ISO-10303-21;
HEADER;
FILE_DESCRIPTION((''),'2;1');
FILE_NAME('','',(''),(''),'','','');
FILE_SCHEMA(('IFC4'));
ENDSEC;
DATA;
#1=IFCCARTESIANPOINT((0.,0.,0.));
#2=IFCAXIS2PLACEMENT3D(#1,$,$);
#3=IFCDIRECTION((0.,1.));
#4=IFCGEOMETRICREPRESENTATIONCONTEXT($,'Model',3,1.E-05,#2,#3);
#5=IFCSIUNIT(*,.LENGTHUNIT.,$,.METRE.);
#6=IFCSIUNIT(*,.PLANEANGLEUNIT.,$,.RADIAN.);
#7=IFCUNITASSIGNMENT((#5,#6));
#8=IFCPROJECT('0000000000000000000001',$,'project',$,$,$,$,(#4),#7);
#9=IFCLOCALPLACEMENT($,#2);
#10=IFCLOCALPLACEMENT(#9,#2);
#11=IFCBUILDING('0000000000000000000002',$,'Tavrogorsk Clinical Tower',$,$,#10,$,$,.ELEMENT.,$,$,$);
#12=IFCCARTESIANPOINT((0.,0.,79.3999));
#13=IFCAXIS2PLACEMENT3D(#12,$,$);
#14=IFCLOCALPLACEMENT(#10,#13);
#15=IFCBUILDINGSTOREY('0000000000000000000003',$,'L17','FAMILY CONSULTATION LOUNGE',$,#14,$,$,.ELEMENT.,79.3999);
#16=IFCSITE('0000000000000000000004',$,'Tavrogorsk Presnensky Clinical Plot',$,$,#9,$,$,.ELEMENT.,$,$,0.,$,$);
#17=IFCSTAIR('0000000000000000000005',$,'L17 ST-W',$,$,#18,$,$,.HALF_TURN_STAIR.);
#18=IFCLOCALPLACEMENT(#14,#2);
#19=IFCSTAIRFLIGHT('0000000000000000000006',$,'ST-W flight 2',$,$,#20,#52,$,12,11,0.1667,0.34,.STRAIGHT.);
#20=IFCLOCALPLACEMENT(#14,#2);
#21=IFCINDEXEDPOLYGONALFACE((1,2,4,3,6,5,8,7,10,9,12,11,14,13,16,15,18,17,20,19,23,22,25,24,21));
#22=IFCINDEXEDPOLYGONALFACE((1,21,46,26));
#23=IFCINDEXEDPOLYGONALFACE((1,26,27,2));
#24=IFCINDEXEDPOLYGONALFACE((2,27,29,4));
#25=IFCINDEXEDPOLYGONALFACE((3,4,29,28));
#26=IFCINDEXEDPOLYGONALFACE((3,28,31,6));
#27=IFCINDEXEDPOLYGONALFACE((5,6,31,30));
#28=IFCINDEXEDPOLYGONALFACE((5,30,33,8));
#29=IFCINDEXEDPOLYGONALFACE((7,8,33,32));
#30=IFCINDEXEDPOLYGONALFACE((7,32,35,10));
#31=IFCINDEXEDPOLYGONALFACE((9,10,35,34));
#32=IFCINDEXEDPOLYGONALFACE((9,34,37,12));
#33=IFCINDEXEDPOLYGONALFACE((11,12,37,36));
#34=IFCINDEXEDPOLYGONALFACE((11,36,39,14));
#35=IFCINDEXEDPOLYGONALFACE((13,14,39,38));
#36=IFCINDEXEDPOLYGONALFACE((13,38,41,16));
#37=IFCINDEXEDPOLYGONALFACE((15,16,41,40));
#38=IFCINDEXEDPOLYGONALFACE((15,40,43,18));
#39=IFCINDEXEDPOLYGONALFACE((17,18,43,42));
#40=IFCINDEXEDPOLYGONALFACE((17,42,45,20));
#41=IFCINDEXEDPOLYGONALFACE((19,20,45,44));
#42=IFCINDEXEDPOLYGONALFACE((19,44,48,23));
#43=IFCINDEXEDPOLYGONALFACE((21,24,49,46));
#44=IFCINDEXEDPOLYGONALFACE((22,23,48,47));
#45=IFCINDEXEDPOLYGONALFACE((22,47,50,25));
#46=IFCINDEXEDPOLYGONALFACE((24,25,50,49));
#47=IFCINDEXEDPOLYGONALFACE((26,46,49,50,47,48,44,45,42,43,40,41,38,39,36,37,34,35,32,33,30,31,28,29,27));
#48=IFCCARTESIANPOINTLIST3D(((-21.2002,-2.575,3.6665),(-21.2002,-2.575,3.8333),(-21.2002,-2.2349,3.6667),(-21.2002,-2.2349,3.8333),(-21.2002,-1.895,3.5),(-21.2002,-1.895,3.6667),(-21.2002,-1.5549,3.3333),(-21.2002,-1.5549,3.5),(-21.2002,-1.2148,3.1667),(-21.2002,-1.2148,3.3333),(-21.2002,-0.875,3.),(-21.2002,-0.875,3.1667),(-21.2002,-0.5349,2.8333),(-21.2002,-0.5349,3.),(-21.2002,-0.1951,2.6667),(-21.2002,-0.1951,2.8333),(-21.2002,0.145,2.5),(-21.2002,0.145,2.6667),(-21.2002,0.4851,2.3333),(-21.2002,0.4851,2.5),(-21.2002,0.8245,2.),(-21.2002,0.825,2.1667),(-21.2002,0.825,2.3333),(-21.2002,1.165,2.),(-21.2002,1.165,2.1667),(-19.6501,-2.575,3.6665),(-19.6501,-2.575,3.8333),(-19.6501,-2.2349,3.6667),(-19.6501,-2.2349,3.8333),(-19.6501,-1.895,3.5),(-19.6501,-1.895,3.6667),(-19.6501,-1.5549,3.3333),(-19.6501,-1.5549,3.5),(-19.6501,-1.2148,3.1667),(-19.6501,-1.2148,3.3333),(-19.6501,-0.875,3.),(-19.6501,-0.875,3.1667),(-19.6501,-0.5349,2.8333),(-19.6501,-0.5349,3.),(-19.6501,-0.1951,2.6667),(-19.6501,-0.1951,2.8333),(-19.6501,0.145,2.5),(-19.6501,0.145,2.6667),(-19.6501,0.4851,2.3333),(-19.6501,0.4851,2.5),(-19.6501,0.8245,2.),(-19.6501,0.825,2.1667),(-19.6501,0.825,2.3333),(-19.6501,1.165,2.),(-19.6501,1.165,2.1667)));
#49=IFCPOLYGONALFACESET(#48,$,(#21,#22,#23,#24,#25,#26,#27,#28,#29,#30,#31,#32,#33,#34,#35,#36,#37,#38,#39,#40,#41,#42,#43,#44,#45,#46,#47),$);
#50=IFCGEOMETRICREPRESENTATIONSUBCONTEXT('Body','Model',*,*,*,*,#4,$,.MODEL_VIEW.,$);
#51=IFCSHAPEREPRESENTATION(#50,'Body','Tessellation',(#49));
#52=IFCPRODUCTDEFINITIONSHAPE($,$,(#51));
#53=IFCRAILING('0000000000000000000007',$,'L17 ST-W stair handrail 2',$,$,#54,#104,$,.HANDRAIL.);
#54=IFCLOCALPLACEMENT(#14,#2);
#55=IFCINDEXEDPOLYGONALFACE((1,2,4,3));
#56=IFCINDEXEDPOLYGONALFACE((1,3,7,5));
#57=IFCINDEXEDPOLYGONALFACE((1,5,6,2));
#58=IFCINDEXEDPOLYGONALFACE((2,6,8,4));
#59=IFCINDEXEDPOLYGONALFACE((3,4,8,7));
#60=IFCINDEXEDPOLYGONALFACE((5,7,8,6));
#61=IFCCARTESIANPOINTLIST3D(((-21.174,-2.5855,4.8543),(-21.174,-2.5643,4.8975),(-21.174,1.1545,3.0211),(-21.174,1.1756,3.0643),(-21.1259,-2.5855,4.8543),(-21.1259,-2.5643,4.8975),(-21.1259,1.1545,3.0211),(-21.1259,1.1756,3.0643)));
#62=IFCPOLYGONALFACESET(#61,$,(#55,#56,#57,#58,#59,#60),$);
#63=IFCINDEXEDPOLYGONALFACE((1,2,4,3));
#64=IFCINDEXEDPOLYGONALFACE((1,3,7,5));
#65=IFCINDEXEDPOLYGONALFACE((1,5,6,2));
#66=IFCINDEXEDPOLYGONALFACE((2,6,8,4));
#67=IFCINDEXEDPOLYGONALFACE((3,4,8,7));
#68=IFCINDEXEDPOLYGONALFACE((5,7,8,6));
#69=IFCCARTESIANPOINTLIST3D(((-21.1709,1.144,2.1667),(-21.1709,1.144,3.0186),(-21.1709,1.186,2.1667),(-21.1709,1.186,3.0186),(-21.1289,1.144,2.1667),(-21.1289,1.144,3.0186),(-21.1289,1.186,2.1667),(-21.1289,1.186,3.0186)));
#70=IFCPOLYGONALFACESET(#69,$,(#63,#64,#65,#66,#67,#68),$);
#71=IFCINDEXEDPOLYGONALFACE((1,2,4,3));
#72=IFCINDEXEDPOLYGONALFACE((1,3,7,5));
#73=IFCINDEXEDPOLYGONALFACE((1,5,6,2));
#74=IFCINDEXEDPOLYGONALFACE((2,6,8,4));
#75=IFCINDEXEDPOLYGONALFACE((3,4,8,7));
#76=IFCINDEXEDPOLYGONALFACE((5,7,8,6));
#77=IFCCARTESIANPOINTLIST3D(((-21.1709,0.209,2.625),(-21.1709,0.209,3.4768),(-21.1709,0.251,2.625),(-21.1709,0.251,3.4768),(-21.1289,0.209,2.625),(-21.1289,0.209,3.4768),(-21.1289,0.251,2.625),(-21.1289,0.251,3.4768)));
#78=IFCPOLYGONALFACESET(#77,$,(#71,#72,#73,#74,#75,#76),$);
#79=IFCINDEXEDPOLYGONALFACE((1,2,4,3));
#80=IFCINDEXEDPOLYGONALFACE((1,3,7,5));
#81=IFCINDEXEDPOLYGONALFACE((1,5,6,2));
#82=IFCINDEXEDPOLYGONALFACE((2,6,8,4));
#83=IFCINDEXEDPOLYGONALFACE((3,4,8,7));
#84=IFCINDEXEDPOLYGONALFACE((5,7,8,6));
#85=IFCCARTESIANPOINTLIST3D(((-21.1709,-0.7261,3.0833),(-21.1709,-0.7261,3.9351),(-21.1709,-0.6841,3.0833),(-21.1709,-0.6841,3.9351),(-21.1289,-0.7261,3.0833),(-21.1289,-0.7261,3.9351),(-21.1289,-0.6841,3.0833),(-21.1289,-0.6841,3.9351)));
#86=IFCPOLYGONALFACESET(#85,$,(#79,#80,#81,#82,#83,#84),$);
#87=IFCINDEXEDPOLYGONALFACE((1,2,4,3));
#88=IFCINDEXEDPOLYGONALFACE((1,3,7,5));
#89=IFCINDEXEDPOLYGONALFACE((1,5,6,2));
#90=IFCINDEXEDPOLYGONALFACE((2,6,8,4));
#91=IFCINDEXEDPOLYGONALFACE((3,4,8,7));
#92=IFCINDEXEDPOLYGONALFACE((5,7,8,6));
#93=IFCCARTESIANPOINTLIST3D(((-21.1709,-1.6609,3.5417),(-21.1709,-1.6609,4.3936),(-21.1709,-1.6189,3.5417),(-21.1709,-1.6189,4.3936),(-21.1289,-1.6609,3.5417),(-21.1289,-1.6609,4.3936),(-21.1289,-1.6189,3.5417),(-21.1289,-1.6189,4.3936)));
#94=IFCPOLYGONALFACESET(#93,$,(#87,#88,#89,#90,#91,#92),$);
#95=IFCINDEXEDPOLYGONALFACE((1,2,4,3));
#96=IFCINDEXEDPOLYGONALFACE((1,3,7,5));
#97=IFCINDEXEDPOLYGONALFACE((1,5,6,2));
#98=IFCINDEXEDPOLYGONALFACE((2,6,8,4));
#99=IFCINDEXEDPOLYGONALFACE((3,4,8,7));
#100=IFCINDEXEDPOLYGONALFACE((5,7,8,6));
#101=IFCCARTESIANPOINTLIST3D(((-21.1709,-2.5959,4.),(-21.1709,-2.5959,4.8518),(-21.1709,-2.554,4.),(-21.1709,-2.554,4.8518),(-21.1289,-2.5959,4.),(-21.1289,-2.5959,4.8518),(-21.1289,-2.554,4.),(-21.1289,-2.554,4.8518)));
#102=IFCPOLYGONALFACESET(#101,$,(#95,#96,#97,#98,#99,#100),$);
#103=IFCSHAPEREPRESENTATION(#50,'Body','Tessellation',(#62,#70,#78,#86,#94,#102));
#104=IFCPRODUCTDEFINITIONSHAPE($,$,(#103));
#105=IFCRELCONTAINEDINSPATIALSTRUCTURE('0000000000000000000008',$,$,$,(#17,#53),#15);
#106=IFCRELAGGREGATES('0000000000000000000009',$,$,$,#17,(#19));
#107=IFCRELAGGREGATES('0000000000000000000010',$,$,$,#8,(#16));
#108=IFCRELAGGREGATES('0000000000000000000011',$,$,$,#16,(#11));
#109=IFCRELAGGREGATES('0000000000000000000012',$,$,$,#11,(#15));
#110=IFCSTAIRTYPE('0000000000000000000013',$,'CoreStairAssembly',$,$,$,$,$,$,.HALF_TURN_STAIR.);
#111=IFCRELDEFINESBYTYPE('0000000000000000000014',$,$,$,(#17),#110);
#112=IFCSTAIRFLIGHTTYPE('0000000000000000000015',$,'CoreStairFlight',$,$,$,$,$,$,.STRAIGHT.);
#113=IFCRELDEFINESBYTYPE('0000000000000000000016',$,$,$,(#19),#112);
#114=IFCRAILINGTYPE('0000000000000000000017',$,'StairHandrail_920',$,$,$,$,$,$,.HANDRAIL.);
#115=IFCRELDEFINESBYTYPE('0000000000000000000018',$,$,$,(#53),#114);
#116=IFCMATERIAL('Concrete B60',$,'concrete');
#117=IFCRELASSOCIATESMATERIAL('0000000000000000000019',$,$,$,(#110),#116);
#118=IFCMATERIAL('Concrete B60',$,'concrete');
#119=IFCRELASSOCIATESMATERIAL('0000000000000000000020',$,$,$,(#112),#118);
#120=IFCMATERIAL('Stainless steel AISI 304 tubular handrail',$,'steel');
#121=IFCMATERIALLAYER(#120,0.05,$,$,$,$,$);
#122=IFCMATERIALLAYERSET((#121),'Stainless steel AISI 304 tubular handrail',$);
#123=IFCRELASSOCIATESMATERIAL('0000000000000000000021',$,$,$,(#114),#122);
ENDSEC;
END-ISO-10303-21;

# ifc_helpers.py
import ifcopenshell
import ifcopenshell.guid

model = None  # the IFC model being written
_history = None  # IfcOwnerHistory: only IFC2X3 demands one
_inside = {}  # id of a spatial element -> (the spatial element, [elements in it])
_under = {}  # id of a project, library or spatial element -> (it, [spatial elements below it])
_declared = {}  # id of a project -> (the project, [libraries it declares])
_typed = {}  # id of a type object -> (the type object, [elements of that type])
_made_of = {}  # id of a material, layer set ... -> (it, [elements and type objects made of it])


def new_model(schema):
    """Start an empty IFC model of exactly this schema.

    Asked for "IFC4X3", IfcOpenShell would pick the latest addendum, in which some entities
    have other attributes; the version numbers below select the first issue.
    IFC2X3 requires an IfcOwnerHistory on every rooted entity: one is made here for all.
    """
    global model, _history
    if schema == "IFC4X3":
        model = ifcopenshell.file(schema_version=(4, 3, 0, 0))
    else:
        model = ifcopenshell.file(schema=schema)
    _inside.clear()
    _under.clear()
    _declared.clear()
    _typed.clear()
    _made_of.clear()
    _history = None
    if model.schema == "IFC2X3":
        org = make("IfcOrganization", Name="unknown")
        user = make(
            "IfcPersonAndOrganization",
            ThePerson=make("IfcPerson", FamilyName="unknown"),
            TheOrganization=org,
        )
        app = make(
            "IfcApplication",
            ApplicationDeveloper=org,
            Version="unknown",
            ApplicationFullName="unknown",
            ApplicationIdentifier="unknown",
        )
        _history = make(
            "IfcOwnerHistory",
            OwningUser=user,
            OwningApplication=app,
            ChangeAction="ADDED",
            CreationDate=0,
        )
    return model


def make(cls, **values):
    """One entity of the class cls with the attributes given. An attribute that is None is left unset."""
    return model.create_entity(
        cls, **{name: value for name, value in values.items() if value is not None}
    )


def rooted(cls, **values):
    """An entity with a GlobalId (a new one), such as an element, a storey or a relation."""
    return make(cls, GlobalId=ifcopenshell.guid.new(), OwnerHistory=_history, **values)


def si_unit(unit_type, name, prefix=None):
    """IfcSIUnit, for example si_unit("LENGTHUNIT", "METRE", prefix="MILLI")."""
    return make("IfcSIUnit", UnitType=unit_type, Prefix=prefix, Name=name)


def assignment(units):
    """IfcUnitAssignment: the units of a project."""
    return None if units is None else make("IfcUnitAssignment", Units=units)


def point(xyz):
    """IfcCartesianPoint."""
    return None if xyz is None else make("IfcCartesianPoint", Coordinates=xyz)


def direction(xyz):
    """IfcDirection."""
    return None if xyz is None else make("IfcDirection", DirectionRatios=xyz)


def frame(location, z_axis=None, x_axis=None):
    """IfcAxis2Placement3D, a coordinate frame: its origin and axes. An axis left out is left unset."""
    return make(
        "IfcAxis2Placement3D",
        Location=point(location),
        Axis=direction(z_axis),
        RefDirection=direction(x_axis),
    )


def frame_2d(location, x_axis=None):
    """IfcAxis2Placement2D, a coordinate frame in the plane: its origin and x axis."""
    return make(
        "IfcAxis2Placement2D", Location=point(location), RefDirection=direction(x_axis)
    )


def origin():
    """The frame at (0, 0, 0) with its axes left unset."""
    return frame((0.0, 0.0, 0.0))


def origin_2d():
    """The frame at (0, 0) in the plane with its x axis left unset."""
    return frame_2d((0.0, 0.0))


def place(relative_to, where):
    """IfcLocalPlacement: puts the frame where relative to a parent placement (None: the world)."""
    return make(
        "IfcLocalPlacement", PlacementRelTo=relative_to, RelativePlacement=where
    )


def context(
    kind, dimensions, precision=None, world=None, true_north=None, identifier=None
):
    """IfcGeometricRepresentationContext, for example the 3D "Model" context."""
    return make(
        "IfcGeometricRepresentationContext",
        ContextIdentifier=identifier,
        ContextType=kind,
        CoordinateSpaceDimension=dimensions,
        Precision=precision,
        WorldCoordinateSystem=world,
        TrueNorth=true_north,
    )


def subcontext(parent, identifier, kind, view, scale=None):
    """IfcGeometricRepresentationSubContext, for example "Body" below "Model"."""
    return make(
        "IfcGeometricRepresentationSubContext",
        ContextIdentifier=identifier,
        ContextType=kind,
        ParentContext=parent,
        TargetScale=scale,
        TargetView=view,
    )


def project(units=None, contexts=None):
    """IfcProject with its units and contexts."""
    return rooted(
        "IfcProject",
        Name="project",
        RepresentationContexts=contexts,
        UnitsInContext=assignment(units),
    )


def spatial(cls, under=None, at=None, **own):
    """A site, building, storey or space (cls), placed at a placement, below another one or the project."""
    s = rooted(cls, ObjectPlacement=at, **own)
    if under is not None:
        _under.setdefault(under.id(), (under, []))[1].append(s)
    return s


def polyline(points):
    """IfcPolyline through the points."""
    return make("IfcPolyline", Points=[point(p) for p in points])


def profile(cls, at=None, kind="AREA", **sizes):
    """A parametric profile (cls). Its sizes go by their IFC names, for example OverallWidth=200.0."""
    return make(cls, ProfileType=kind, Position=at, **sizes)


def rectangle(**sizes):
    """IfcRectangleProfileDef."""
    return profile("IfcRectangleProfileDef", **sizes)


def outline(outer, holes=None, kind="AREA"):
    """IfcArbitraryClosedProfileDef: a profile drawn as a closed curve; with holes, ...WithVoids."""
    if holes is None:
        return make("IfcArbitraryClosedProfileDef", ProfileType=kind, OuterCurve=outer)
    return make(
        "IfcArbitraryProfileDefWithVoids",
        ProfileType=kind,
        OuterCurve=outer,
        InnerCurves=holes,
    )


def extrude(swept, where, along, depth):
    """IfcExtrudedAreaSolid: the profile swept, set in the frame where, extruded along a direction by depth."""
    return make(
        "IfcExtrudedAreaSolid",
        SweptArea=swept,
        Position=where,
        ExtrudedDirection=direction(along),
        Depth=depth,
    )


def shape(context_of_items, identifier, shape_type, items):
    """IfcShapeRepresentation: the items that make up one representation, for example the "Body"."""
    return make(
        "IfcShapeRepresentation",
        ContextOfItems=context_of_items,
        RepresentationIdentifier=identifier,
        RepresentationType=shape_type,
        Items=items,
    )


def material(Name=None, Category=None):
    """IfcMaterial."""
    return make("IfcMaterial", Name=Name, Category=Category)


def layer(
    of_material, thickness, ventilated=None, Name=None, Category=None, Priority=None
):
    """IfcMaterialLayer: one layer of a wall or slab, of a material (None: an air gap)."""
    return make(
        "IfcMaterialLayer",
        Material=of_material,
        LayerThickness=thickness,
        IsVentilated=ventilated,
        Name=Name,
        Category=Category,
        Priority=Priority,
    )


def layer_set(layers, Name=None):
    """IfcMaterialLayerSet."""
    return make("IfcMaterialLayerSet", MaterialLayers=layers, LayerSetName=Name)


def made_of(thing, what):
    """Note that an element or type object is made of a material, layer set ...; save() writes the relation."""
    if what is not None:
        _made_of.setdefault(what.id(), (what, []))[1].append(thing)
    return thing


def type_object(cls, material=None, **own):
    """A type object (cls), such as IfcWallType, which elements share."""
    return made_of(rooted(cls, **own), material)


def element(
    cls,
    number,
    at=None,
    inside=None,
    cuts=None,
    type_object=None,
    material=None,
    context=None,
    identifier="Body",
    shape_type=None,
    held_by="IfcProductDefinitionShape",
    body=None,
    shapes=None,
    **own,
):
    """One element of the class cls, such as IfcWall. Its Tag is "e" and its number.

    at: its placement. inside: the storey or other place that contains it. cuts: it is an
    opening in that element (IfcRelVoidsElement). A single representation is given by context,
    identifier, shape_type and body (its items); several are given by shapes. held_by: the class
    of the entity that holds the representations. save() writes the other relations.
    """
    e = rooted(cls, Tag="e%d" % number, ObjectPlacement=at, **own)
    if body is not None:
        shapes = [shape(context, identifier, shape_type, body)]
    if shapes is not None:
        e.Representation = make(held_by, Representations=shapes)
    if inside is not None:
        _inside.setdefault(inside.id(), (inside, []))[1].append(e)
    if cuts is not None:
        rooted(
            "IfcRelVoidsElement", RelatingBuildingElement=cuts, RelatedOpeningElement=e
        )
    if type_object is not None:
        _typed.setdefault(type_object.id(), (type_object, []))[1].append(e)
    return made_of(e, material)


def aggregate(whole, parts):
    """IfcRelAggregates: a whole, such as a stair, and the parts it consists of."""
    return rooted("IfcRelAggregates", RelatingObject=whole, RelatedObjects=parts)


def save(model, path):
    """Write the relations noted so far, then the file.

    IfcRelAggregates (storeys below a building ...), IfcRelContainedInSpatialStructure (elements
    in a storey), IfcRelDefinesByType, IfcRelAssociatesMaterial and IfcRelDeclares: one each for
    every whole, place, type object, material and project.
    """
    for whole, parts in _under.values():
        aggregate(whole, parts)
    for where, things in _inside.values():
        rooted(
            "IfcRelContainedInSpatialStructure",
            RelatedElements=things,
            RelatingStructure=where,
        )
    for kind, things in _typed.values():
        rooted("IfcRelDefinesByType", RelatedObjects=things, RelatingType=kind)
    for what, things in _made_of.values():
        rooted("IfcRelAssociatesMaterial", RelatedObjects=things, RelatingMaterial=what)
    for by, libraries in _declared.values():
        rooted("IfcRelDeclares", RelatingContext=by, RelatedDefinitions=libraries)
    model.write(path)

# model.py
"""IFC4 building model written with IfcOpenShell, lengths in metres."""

from ifc_helpers import new_model, si_unit, direction, frame, origin, origin_2d, place, context, subcontext, project, spatial, polyline, rectangle, outline, extrude, material, layer, layer_set, type_object, element, aggregate, save


model = new_model("IFC4")

# Units and contexts
model_context = context("Model", 3, precision=1e-05, world=origin(), true_north=direction((0.0, 1.0)))
body_context = subcontext(model_context, "Body", "Model", "MODEL_VIEW")
ifc_project = project(units=[si_unit("LENGTHUNIT", "METRE"), si_unit("PLANEANGLEUNIT", "RADIAN")], contexts=[model_context])

# Site, building, storey
site_placement = place(None, origin())
site = spatial("IfcSite", under=ifc_project, at=site_placement, Name="Tavrogorsk Presnensky Clinical Plot", CompositionType="ELEMENT", RefElevation=0.0)
building_placement = place(site_placement, origin())
building = spatial("IfcBuilding", under=site, at=building_placement, Name="Tavrogorsk Clinical Tower", CompositionType="ELEMENT")
storey_placement = place(building_placement, frame((0.0, 0.0, 79.3999)))
storey = spatial("IfcBuildingStorey", under=building, at=storey_placement, Name="L17", Description="FAMILY CONSULTATION LOUNGE", CompositionType="ELEMENT", Elevation=79.3999)

# Stair, stair flight
ifc_material_1 = material(Name="Concrete B60", Category="concrete")
stair_type = type_object("IfcStairType", Name="CoreStairAssembly", PredefinedType="HALF_TURN_STAIR", material=ifc_material_1)
stair_placement = place(storey_placement, origin())
stair = element("IfcStair", 1, at=stair_placement, inside=storey, type_object=stair_type, Name="L17 ST-W", PredefinedType="HALF_TURN_STAIR")
ifc_material_2 = material(Name="Concrete B60", Category="concrete")
stair_flight_type = type_object("IfcStairFlightType", Name="CoreStairFlight", PredefinedType="STRAIGHT", material=ifc_material_2)
stair_flight_placement = place(storey_placement, frame((-20.425, 1.165, 2.0), z_axis=(0.0, 0.0, 1.0), x_axis=(0.0, -1.0, 0.0)))
stair_flight = element("IfcStairFlight", 2, at=stair_flight_placement, type_object=stair_flight_type, Name="ST-W flight 2", NumberOfRisers=12, NumberOfTreads=11, PredefinedType="STRAIGHT", RiserHeight=0.1667, TreadLength=0.34, context=body_context, shape_type="SweptSolid", body=[
    extrude(outline(polyline([(0.0, 0.0), (0.0, 0.1667), (0.3401, 0.1667), (0.3401, 0.3333), (0.6799, 0.3333), (0.6799, 0.5), (1.02, 0.5), (1.02, 0.6667), (1.3601, 0.6667), (1.3601, 0.8333), (1.7, 0.8333), (1.7, 1.0), (2.04, 1.0), (2.04, 1.1667), (2.3799, 1.1667), (2.3799, 1.3333), (2.72, 1.3333), (2.72, 1.5), (3.0601, 1.5), (3.0601, 1.6667), (3.3999, 1.6667), (3.3999, 1.8333), (3.74, 1.8333), (3.74, 2.0), (3.74, 1.6665), (0.3406, 0.0), (0.0, 0.0)])), frame((0.0, 0.7749, 0.0), z_axis=(0.0, -1.0, 0.0), x_axis=(1.0, 0.0, 0.0)), (0.0, 0.0, 1.0), 1.55),
])
aggregate(stair, [stair_flight])

# Railing
ifc_material_3 = material(Name="Stainless steel AISI 304 tubular handrail", Category="steel")
ifc_layer_1 = layer(ifc_material_3, 0.05)
ifc_layer_set_1 = layer_set([ifc_layer_1], Name="Stainless steel AISI 304 tubular handrail")
railing_type = type_object("IfcRailingType", Name="StairHandrail_920", PredefinedType="HANDRAIL", material=ifc_layer_set_1)
railing_placement = place(storey_placement, frame((-21.1499, 1.165, 2.1667)))
element("IfcRailing", 3, at=railing_placement, inside=storey, type_object=railing_type, Name="L17 ST-W stair handrail 2", PredefinedType="HANDRAIL", context=body_context, shape_type="SweptSolid", body=[
    extrude(rectangle(XDim=0.0481, YDim=0.0481, at=origin_2d()), frame((0.0, 0.0, 0.876), z_axis=(0.0, -0.897928, 0.440142), x_axis=(1.0, 0.0, 0.0)), (0.0, 0.0, 1.0), 4.165),
    extrude(rectangle(XDim=0.042, YDim=0.042, at=origin_2d()), origin(), (0.0, 0.0, 1.0), 0.8518),
    extrude(rectangle(XDim=0.042, YDim=0.042, at=origin_2d()), frame((0.0, -0.9351, 0.4583)), (0.0, 0.0, 1.0), 0.8518),
    extrude(rectangle(XDim=0.042, YDim=0.042, at=origin_2d()), frame((0.0, -1.8701, 0.9165)), (0.0, 0.0, 1.0), 0.8518),
    extrude(rectangle(XDim=0.042, YDim=0.042, at=origin_2d()), frame((0.0, -2.8049, 1.375)), (0.0, 0.0, 1.0), 0.8518),
    extrude(rectangle(XDim=0.042, YDim=0.042, at=origin_2d()), frame((0.0, -3.74, 1.8333)), (0.0, 0.0, 1.0), 0.8518),
])

save(model, "model.ifc")
